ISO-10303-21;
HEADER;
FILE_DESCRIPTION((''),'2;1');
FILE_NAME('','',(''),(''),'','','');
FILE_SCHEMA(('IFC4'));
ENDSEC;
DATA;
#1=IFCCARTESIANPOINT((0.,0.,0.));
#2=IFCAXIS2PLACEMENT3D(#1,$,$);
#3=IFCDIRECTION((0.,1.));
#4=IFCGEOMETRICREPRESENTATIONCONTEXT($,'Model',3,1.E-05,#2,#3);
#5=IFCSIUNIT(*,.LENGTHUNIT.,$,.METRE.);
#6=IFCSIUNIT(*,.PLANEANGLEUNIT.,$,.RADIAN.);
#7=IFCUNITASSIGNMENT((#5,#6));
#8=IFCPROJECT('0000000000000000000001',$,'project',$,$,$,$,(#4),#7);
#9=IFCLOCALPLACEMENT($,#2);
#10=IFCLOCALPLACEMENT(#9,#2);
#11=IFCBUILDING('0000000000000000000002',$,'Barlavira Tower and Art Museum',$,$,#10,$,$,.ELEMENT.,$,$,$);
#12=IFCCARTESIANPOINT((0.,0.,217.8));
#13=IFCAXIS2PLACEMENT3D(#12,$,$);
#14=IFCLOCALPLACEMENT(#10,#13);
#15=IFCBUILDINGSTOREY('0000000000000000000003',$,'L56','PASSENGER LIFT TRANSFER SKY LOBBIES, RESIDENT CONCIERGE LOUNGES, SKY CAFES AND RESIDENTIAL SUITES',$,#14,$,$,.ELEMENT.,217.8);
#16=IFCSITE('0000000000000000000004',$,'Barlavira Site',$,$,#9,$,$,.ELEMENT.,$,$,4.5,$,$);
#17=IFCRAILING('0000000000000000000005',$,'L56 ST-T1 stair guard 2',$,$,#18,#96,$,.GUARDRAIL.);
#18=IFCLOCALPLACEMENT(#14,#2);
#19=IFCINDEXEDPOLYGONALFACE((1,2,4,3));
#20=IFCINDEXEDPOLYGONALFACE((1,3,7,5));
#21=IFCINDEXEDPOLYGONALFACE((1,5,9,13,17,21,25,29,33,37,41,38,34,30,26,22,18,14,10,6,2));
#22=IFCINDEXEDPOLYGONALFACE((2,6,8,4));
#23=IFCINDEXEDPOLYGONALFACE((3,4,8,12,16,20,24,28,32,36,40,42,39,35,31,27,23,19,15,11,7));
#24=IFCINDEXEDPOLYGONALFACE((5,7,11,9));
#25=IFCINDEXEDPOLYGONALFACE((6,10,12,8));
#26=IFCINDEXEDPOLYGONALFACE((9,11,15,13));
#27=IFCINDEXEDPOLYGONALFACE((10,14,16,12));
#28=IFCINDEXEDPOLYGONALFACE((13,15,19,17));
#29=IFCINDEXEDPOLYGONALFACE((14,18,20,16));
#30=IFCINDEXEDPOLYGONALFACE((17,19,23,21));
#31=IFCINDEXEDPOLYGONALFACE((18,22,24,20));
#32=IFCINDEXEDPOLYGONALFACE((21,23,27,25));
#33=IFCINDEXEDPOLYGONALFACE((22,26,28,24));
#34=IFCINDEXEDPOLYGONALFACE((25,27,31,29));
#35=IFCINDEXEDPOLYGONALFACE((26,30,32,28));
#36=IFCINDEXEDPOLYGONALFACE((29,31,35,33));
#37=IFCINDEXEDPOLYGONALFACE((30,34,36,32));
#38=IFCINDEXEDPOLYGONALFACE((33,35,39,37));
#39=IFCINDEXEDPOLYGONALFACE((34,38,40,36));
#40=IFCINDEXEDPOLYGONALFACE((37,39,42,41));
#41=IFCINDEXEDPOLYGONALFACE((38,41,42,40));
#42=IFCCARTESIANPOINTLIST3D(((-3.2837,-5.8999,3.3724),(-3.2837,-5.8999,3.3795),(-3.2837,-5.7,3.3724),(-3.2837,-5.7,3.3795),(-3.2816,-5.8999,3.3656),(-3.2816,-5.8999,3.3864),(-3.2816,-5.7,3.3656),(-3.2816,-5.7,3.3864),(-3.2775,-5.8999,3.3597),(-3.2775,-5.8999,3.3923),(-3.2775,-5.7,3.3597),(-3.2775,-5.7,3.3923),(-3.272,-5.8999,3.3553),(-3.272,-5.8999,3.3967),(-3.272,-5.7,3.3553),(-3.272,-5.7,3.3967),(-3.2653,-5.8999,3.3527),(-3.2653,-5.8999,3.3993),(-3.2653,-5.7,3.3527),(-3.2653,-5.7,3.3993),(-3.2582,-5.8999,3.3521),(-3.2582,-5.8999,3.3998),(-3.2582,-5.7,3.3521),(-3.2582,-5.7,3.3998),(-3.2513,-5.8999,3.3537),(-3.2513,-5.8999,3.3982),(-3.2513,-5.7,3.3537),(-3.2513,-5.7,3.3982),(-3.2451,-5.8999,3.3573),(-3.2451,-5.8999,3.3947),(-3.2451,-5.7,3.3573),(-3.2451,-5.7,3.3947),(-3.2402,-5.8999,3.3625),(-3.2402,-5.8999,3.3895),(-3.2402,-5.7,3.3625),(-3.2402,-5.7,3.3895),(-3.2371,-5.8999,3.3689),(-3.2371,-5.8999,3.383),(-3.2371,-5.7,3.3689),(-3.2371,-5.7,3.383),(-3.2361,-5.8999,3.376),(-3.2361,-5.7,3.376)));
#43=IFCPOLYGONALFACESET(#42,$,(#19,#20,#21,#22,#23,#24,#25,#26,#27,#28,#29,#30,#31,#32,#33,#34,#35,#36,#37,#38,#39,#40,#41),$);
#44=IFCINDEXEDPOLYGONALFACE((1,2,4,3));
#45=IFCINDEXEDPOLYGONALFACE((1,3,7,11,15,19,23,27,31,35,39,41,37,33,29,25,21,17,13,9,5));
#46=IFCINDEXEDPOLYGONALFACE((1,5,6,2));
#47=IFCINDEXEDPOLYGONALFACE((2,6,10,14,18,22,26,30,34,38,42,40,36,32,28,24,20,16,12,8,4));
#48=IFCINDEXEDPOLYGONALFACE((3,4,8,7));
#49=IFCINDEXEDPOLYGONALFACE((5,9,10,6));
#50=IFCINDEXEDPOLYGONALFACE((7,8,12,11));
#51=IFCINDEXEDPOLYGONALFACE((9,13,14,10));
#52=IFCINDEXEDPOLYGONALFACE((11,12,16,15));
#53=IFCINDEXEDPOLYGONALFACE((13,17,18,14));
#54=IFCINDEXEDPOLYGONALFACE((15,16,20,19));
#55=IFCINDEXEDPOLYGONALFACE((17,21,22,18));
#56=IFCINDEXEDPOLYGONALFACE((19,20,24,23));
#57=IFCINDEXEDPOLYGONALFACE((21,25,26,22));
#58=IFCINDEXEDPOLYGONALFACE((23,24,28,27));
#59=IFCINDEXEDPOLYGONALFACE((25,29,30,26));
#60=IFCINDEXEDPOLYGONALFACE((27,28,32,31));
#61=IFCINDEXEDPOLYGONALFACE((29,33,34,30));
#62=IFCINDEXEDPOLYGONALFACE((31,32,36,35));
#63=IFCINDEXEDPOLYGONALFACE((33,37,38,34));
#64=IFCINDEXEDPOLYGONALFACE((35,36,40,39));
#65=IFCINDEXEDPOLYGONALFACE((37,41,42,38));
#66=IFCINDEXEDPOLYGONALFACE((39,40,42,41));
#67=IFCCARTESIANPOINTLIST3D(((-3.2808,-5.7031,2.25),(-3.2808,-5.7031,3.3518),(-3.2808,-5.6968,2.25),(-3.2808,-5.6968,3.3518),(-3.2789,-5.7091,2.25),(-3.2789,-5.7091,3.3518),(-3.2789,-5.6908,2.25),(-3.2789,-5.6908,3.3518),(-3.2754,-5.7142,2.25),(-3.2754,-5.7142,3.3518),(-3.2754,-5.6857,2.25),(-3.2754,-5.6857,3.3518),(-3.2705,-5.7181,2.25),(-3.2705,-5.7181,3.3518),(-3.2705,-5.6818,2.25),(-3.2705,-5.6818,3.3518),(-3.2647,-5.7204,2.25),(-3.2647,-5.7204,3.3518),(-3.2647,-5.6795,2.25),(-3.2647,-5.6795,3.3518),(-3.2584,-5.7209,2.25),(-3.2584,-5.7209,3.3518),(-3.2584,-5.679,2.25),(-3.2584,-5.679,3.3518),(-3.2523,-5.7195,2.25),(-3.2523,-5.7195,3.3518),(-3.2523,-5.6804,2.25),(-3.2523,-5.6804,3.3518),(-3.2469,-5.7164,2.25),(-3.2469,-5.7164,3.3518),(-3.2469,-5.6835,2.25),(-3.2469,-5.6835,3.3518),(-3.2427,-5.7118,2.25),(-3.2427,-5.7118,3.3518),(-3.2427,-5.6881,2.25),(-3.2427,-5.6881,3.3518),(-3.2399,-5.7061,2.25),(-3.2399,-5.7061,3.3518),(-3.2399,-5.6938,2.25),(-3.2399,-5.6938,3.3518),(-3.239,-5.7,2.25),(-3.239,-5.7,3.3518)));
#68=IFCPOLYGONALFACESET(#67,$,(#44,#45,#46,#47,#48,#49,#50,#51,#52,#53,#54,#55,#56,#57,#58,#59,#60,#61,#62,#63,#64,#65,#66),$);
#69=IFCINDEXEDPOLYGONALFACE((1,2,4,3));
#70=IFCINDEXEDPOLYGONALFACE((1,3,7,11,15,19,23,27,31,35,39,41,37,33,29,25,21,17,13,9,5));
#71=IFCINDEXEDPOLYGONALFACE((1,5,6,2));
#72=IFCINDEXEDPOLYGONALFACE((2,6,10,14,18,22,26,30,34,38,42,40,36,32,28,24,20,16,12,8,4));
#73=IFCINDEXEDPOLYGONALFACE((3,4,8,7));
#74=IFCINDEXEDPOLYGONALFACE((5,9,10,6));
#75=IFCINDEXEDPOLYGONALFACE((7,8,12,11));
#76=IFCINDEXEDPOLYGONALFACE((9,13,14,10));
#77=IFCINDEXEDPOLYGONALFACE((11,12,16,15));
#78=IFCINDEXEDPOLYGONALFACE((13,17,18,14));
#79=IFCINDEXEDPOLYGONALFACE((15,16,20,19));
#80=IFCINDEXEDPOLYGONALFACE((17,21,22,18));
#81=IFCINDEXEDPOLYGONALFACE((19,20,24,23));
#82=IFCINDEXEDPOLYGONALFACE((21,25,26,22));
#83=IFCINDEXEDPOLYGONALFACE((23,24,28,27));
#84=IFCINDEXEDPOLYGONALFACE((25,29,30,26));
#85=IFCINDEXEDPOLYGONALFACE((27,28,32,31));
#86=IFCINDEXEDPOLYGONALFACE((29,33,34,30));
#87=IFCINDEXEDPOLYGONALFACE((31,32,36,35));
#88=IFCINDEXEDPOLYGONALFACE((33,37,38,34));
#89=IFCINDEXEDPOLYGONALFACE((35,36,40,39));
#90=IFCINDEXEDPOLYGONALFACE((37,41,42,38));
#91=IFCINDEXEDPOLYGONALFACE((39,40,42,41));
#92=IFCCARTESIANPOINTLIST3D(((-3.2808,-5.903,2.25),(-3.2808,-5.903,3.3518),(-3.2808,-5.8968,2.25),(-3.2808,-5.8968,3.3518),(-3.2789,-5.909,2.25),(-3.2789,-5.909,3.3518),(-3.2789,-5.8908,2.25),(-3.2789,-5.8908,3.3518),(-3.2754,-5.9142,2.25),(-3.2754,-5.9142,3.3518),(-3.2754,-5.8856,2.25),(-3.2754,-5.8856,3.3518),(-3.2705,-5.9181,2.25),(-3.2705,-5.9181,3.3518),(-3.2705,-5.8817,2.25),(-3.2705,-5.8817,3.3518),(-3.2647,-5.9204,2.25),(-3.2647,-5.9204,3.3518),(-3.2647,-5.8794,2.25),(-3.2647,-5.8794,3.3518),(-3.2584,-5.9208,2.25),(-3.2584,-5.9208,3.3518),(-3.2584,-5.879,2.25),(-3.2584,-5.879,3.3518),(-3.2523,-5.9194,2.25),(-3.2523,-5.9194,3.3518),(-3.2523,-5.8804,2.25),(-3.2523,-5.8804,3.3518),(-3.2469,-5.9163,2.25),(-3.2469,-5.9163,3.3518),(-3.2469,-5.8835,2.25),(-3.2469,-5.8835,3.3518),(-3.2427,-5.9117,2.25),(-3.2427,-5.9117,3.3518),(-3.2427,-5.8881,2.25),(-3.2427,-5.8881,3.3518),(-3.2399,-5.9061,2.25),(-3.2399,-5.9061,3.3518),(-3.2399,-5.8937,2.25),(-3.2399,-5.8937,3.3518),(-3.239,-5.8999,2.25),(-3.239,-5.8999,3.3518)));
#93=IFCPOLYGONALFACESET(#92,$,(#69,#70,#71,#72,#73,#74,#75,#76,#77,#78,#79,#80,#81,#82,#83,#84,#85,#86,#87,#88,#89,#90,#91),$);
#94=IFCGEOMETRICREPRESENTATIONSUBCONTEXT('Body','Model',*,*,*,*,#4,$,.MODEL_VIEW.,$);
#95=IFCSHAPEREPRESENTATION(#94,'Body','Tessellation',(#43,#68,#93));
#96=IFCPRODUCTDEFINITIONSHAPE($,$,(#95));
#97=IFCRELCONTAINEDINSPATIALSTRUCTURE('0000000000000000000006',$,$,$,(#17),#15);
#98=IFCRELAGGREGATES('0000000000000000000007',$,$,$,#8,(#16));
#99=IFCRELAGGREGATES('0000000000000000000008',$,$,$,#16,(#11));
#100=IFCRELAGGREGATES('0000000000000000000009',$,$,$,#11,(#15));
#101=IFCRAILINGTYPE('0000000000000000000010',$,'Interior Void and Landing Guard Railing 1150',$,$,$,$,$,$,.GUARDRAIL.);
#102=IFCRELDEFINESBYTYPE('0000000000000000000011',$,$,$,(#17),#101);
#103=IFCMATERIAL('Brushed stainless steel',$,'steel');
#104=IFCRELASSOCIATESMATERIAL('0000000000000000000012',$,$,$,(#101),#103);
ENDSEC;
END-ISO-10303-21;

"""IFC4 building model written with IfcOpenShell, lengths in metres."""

from ifc_helpers import new_model, si_unit, direction, frame, origin, origin_2d, place, context, subcontext, project, spatial, circle, extrude, material, type_object, element, save


model = new_model("IFC4")

# Units and contexts
model_context = context("Model", 3, precision=1e-05, world=origin(), true_north=direction((0.0, 1.0)))
body_context = subcontext(model_context, "Body", "Model", "MODEL_VIEW")
ifc_project = project(units=[si_unit("LENGTHUNIT", "METRE"), si_unit("PLANEANGLEUNIT", "RADIAN")], contexts=[model_context])

# Site, building, storey
site_placement = place(None, origin())
site = spatial("IfcSite", under=ifc_project, at=site_placement, Name="Barlavira Site", CompositionType="ELEMENT", RefElevation=4.5)
building_placement = place(site_placement, origin())
building = spatial("IfcBuilding", under=site, at=building_placement, Name="Barlavira Tower and Art Museum", CompositionType="ELEMENT")
storey_placement = place(building_placement, frame((0.0, 0.0, 217.8)))
storey = spatial("IfcBuildingStorey", under=building, at=storey_placement, Name="L56", Description="PASSENGER LIFT TRANSFER SKY LOBBIES, RESIDENT CONCIERGE LOUNGES, SKY CAFES AND RESIDENTIAL SUITES", CompositionType="ELEMENT", Elevation=217.8)

# Shared definitions
ifc_material_1 = material(Name="Brushed stainless steel", Category="steel")

# Railing
railing_type_1 = type_object("IfcRailingType", Name="Interior Void and Landing Guard Railing 1150", PredefinedType="GUARDRAIL", material=ifc_material_1)
railing_1_placement = place(storey_placement, frame((-3.26, -5.7, 2.25)))
element("IfcRailing", 1, at=railing_1_placement, inside=storey, type_object=railing_type_1, Name="L56 ST-T1 stair guard 2", PredefinedType="GUARDRAIL", context=body_context, shape_type="SweptSolid", body=[
    extrude(circle(Radius=0.0239, at=origin_2d()), frame((0.0, 0.0, 1.126), z_axis=(0.0, -1.0, 0.0), x_axis=(1.0, 0.0, 0.0)), (0.0, 0.0, 1.0), 0.2),
    extrude(circle(Radius=0.021, at=origin_2d()), origin(), (0.0, 0.0, 1.0), 1.1018),
    extrude(circle(Radius=0.021, at=origin_2d()), frame((0.0, -0.2, 0.0)), (0.0, 0.0, 1.0), 1.1018),
])

save(model, "model.ifc")
